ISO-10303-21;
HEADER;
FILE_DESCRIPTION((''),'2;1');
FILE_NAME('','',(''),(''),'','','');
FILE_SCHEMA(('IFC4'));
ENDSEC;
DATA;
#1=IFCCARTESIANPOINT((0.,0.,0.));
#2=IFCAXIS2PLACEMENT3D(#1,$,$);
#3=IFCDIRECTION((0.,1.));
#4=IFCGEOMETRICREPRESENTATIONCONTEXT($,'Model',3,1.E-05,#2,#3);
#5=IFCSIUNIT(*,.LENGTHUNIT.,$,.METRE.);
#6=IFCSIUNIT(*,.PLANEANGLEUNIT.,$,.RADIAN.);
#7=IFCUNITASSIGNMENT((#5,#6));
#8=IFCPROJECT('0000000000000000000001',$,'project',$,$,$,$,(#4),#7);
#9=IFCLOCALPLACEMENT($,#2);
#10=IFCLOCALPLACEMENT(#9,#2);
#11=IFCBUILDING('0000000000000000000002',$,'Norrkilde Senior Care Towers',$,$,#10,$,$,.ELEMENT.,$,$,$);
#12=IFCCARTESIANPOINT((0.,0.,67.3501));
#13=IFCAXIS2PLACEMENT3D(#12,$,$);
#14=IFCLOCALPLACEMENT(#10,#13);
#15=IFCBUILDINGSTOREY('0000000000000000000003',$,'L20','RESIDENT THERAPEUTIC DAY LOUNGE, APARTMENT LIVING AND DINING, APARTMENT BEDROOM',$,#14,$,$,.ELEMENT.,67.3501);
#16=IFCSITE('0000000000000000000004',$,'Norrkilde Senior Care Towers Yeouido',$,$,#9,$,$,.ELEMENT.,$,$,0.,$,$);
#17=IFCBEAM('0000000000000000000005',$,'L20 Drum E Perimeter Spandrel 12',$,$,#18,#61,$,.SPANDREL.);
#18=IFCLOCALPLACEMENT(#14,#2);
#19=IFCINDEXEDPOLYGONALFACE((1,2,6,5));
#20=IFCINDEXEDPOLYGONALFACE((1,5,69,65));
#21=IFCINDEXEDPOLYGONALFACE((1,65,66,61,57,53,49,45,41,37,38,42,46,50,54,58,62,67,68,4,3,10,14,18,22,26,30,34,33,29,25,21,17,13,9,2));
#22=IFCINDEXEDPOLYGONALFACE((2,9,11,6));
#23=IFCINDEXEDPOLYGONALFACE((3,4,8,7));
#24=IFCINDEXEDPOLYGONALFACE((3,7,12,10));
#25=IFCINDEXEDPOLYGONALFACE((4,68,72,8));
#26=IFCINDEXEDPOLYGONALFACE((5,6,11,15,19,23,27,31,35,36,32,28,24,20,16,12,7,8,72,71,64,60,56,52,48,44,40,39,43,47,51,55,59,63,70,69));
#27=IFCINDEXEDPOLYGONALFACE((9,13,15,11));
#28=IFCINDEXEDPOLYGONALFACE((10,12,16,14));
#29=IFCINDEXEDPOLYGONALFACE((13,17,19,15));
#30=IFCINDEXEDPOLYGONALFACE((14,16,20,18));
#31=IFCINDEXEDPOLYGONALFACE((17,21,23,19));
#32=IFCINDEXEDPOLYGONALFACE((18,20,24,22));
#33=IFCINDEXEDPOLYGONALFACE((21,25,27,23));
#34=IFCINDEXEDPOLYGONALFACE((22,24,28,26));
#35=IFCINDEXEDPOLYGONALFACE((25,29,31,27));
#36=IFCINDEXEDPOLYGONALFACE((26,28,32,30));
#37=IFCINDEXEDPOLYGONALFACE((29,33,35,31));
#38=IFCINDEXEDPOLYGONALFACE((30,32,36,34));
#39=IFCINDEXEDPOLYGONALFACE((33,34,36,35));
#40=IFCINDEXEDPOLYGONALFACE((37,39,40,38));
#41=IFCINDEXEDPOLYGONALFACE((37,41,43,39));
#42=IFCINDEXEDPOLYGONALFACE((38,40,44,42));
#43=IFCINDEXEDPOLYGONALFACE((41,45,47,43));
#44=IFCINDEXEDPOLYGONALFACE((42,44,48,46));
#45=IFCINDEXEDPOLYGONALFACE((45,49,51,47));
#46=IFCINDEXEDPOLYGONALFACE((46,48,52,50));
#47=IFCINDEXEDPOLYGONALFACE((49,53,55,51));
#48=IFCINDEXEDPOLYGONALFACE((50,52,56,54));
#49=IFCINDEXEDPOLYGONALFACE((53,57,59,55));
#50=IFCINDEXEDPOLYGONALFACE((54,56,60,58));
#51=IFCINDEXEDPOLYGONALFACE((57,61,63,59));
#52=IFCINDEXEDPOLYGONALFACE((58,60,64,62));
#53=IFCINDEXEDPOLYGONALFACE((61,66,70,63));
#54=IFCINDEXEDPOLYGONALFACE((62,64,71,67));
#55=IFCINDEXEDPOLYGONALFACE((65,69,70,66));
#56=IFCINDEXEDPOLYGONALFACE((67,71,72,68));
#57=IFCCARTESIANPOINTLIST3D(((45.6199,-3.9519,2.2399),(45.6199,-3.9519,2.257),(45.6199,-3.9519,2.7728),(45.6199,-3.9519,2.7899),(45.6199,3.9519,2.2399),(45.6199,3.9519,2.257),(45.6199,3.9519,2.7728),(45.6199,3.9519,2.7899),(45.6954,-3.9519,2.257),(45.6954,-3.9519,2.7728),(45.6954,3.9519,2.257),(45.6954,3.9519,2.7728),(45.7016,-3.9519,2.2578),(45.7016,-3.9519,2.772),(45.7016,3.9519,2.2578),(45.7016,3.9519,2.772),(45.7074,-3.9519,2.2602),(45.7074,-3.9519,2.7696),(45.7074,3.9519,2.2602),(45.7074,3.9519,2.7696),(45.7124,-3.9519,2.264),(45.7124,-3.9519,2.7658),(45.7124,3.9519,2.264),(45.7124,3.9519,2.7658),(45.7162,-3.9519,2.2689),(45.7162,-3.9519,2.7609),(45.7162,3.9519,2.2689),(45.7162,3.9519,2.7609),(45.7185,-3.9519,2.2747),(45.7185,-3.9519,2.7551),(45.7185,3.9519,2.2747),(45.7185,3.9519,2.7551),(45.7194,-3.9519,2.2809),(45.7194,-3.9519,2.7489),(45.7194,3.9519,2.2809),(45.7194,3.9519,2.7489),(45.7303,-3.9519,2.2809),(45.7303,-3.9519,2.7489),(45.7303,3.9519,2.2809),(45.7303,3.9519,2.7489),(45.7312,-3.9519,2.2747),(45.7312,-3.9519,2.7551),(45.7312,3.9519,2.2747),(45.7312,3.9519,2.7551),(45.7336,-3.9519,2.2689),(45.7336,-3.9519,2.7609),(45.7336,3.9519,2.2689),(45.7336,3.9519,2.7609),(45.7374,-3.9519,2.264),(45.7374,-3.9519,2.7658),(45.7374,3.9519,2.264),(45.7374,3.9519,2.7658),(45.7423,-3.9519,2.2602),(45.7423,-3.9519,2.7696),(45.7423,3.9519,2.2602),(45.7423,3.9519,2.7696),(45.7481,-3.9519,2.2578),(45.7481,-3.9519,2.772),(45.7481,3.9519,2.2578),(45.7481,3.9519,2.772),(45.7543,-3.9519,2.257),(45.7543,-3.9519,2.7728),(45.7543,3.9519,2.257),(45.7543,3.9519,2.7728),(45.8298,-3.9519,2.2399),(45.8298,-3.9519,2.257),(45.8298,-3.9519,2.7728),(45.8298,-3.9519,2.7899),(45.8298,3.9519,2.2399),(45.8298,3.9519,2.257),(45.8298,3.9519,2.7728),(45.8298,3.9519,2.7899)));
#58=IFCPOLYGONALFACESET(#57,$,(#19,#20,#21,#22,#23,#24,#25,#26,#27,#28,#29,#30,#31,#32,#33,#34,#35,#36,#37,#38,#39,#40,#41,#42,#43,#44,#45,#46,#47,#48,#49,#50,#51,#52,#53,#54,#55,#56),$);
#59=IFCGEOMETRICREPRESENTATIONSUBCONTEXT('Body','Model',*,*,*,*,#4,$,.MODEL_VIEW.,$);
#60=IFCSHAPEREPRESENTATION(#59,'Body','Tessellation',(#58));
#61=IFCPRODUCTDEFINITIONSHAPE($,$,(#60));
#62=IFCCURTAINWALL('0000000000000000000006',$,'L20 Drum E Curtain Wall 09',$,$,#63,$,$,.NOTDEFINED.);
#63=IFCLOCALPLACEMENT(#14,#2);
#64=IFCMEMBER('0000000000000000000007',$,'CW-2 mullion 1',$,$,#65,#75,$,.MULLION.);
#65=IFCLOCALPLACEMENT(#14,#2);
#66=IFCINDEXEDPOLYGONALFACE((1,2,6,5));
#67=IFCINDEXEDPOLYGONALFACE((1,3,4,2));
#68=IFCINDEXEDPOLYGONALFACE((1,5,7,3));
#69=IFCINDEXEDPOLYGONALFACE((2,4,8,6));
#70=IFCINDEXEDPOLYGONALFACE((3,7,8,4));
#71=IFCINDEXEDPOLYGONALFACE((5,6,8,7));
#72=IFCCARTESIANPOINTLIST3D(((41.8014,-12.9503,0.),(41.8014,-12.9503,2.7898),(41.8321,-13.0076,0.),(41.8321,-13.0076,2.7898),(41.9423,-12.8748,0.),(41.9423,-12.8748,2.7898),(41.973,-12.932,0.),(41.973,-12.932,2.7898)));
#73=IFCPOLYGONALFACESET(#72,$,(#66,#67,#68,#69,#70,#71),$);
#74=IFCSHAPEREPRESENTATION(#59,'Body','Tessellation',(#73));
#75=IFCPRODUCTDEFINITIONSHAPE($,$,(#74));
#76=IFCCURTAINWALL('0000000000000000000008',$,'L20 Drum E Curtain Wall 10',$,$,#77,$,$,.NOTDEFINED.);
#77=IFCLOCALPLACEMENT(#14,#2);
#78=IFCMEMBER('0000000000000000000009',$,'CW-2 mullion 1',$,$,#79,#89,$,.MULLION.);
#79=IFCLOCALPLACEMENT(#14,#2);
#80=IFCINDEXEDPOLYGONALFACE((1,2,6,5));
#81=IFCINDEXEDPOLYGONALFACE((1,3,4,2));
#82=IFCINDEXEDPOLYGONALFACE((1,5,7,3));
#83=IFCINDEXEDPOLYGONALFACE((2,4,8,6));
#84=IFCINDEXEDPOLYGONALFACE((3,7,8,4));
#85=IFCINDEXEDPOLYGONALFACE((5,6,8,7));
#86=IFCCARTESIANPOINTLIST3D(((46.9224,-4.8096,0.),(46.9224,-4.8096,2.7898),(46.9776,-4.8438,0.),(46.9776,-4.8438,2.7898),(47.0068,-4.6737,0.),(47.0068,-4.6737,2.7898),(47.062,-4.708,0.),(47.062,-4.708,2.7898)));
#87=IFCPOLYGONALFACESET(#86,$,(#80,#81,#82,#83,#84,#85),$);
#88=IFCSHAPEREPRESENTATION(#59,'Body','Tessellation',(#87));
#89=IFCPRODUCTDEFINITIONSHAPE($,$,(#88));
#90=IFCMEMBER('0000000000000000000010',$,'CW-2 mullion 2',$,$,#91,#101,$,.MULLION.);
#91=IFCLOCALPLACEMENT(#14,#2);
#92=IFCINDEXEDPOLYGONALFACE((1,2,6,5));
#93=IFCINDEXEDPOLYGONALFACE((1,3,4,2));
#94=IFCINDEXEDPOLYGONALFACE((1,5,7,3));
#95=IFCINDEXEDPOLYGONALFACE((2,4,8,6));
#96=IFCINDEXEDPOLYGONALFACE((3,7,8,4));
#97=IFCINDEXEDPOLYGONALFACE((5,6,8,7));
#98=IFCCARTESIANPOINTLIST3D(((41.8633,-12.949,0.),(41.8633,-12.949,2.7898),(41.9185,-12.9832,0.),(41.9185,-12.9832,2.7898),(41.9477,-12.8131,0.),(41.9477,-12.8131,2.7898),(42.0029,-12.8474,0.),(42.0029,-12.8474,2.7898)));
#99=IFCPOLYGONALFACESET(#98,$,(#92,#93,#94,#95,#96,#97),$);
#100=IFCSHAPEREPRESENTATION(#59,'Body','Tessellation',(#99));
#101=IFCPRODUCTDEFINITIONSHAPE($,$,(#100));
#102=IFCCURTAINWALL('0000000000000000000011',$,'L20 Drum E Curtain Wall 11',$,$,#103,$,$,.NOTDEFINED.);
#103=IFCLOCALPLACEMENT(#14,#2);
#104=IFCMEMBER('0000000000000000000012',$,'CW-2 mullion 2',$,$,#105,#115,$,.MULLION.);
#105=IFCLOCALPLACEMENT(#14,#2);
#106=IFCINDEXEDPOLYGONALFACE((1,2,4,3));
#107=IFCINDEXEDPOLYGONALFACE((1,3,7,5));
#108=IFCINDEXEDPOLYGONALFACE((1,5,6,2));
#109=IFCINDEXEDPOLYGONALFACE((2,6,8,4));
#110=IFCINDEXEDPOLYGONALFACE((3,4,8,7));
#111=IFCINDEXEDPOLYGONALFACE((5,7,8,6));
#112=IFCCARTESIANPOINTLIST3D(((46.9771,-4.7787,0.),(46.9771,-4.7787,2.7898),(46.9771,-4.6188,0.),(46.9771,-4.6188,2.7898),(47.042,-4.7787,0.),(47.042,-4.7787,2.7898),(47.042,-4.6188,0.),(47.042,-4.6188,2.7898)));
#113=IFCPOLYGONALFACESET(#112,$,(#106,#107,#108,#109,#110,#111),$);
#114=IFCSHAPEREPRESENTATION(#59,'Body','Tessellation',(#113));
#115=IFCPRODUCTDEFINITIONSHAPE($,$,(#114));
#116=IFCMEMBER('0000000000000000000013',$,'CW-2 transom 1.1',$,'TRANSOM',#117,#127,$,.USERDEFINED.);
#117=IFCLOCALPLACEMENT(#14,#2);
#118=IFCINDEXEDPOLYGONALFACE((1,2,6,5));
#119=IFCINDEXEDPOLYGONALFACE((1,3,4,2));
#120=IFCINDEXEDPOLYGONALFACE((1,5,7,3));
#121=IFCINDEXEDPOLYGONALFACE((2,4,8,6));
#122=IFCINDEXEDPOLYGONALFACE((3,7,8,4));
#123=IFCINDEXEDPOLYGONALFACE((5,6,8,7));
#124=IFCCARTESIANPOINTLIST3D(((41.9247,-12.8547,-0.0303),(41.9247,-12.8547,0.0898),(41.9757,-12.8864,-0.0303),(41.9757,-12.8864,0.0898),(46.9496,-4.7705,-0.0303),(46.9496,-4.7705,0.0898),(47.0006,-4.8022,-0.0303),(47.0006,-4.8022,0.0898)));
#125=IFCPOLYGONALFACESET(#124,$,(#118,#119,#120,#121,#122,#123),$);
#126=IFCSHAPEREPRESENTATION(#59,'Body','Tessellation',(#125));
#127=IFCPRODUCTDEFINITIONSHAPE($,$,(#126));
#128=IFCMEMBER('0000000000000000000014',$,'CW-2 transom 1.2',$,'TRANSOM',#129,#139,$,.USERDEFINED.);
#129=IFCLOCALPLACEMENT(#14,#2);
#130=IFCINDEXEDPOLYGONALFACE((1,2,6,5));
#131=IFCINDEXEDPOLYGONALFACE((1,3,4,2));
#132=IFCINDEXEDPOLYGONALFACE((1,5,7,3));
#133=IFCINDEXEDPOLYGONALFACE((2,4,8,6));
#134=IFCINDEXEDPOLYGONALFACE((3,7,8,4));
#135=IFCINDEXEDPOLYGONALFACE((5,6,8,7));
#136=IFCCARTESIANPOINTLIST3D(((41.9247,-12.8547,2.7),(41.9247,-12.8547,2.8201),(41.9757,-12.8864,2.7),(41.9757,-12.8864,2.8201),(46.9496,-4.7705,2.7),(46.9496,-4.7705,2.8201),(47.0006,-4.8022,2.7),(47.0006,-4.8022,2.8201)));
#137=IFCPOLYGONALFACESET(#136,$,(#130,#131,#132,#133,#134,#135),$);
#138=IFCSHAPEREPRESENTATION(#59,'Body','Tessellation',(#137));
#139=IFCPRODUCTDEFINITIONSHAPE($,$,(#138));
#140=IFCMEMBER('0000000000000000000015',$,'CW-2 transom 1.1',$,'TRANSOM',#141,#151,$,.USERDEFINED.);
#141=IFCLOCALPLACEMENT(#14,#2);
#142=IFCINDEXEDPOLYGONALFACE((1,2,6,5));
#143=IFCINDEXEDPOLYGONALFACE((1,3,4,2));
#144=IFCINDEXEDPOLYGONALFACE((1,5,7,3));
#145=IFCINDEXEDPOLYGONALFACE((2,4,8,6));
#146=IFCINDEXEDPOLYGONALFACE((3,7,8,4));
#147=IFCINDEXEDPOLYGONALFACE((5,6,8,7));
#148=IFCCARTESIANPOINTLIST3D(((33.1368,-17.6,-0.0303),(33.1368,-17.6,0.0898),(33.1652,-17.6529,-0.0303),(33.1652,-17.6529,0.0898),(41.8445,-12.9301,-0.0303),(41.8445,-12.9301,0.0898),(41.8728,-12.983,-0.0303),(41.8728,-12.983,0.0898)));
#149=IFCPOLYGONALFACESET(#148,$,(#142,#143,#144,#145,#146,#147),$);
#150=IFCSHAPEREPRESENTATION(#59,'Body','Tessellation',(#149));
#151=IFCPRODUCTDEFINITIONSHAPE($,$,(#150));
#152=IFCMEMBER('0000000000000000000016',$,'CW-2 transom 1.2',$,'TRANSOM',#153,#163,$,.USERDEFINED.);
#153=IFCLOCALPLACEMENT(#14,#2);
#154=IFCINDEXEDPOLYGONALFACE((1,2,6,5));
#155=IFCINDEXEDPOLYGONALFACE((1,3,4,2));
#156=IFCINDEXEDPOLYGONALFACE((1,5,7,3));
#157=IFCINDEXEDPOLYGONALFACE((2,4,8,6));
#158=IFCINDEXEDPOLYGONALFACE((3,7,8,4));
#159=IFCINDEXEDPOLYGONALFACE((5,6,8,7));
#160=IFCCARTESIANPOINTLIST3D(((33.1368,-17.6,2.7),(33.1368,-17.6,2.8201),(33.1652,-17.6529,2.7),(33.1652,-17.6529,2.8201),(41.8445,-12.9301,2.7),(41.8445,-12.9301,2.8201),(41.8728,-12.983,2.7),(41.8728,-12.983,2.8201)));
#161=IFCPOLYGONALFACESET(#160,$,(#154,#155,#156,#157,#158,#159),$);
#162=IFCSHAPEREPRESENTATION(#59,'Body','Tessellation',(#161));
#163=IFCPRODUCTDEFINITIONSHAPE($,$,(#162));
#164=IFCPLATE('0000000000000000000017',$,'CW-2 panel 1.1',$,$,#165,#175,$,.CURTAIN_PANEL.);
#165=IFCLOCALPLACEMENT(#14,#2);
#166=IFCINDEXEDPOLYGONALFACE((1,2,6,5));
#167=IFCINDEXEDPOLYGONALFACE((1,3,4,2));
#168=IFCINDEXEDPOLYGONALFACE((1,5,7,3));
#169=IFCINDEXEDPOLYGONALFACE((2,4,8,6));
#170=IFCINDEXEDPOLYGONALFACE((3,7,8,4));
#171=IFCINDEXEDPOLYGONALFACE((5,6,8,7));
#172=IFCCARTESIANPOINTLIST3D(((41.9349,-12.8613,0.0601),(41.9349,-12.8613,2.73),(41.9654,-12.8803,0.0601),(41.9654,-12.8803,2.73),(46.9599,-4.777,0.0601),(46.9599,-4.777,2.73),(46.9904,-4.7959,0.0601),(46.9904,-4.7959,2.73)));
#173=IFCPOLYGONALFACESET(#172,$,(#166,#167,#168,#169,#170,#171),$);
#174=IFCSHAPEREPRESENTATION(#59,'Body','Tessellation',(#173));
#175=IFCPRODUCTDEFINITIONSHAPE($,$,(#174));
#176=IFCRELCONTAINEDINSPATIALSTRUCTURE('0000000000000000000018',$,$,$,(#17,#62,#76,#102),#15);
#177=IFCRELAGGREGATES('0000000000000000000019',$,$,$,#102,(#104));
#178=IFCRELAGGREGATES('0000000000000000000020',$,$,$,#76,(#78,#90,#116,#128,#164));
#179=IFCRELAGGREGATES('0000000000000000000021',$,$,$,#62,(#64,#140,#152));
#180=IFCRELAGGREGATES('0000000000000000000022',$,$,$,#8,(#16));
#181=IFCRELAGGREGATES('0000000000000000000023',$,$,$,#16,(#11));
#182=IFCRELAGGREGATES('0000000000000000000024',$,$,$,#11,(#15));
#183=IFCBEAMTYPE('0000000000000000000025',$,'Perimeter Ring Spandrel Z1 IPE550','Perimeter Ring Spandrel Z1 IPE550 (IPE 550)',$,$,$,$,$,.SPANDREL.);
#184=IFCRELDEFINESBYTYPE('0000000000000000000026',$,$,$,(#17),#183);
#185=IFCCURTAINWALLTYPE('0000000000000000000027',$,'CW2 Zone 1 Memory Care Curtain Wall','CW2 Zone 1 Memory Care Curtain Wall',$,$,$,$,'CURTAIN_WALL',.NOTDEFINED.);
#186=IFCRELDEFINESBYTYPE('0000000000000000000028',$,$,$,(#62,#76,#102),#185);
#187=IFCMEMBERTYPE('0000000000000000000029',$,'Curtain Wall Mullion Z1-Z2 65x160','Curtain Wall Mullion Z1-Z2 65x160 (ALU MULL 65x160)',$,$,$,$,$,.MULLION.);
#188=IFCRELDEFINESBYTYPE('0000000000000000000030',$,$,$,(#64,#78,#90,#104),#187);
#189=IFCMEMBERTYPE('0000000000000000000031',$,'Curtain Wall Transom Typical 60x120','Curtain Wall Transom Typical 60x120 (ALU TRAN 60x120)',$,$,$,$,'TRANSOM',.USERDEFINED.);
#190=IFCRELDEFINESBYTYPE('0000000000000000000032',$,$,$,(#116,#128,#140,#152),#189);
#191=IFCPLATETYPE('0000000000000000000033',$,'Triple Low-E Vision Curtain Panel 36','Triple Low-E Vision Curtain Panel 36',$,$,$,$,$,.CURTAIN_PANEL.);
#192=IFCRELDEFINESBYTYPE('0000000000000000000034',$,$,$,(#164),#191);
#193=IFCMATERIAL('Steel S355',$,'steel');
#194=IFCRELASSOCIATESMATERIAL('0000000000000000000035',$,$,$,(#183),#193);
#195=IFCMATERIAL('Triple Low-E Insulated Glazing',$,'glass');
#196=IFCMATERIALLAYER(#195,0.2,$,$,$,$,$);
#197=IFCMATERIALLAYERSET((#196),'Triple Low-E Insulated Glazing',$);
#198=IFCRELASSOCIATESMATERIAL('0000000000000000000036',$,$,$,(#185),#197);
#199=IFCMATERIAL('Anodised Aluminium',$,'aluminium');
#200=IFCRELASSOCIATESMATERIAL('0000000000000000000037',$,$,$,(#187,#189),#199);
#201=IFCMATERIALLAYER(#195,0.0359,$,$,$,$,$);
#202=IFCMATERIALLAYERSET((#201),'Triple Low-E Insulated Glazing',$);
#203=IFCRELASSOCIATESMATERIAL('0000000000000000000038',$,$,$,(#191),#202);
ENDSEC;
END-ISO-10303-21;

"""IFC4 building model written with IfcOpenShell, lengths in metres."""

from ifc_helpers import new_model, si_unit, direction, frame, origin, origin_2d, place, context, subcontext, project, spatial, rectangle, i_section, extrude, source, transform, mapped, material, layer, layer_set, material_profile, profile_set, type_object, type_shapes, element, aggregate, save


model = new_model("IFC4")

# Units and contexts
model_context = context("Model", 3, precision=1e-05, world=origin(), true_north=direction((0.0, 1.0)))
body_context = subcontext(model_context, "Body", "Model", "MODEL_VIEW")
ifc_project = project(units=[si_unit("LENGTHUNIT", "METRE"), si_unit("PLANEANGLEUNIT", "RADIAN")], contexts=[model_context])

# Site, building, storey
site_placement = place(None, origin())
site = spatial("IfcSite", under=ifc_project, at=site_placement, Name="Norrkilde Senior Care Towers Yeouido", CompositionType="ELEMENT", RefElevation=0.0)
building_placement = place(site_placement, origin())
building = spatial("IfcBuilding", under=site, at=building_placement, Name="Norrkilde Senior Care Towers", CompositionType="ELEMENT")
storey_placement = place(building_placement, frame((0.0, 0.0, 67.3501)))
storey = spatial("IfcBuildingStorey", under=building, at=storey_placement, Name="L20", Description="RESIDENT THERAPEUTIC DAY LOUNGE, APARTMENT LIVING AND DINING, APARTMENT BEDROOM", CompositionType="ELEMENT", Elevation=67.3501)

# Beam
ifc_material_1 = material(Name="Steel S355", Category="steel")
ifc_material_profile_1 = material_profile(ifc_material_1, i_section(OverallWidth=0.21, OverallDepth=0.55, WebThickness=0.011, FlangeThickness=0.0171, FilletRadius=0.0239, at=origin_2d()), Name="IPE 550")
ifc_profile_set_1 = profile_set([ifc_material_profile_1], Name="Steel S355")
beam_type_1 = type_object("IfcBeamType", Name="Perimeter Ring Spandrel Z1 IPE550", Description="Perimeter Ring Spandrel Z1 IPE550 (IPE 550)", PredefinedType="SPANDREL", material=ifc_profile_set_1)
shared_shape_1 = source(origin(), body_context, "Body", "SweptSolid", [
    extrude(i_section(OverallWidth=0.21, OverallDepth=0.55, WebThickness=0.011, FlangeThickness=0.0171, FilletRadius=0.0239, at=origin_2d()), origin(), (0.0, 0.0, 1.0), 7.9038),
])
beam_1_placement = place(storey_placement, frame((45.7249, -3.9519, 2.5149), z_axis=(0.0, 1.0, 0.0), x_axis=(-1.0, 0.0, 0.0)))
element("IfcBeam", 1, at=beam_1_placement, inside=storey, type_object=beam_type_1, Name="L20 Drum E Perimeter Spandrel 12", PredefinedType="SPANDREL", context=body_context, shape_type="MappedRepresentation", body=[
    mapped(shared_shape_1, transform((0.0, 0.0, 0.0), x_axis=(1.0, 0.0, 0.0), y_axis=(0.0, 1.0, 0.0), z_axis=(0.0, 0.0, 1.0), scale=1.0)),
])

# Curtain wall, member
ifc_material_2 = material(Name="Triple Low-E Insulated Glazing", Category="glass")
ifc_layer_1 = layer(ifc_material_2, 0.2)
ifc_layer_set_1 = layer_set([ifc_layer_1], Name="Triple Low-E Insulated Glazing")
curtain_wall_type = type_object("IfcCurtainWallType", Name="CW2 Zone 1 Memory Care Curtain Wall", Description="CW2 Zone 1 Memory Care Curtain Wall", ElementType="CURTAIN_WALL", PredefinedType="NOTDEFINED", material=ifc_layer_set_1)
curtain_wall_1_placement = place(storey_placement, origin())
curtain_wall_1 = element("IfcCurtainWall", 2, at=curtain_wall_1_placement, inside=storey, type_object=curtain_wall_type, Name="L20 Drum E Curtain Wall 09", PredefinedType="NOTDEFINED")
ifc_material_3 = material(Name="Anodised Aluminium", Category="aluminium")
ifc_material_profile_2 = material_profile(ifc_material_3, rectangle(XDim=0.0649, YDim=0.1599, at=origin_2d()), Name="ALU MULL 65x160")
ifc_profile_set_2 = profile_set([ifc_material_profile_2], Name="Anodised Aluminium")
member_type_1 = type_object("IfcMemberType", Name="Curtain Wall Mullion Z1-Z2 65x160", Description="Curtain Wall Mullion Z1-Z2 65x160 (ALU MULL 65x160)", PredefinedType="MULLION", material=ifc_profile_set_2)
shared_shape_2 = source(origin(), body_context, "Body", "SweptSolid", [
    extrude(rectangle(XDim=0.0649, YDim=0.1599, at=origin_2d()), origin(), (0.0, 0.0, 1.0), 2.7898),
])
type_shapes(member_type_1, [shared_shape_2])
member_1_placement = place(storey_placement, frame((41.8872, -12.9412, 0.0), z_axis=(0.0, 0.0, 1.0), x_axis=(0.472608, -0.881273, 0.0)))
member_1 = element("IfcMember", 3, at=member_1_placement, type_object=member_type_1, Name="CW-2 mullion 1", PredefinedType="MULLION", context=body_context, shape_type="MappedRepresentation", body=[
    mapped(shared_shape_2, transform((0.0, 0.0, 0.0), x_axis=(1.0, 0.0, 0.0), y_axis=(0.0, 1.0, 0.0), z_axis=(0.0, 0.0, 1.0), scale=1.0)),
])

# Curtain wall, members
curtain_wall_2_placement = place(storey_placement, origin())
curtain_wall_2 = element("IfcCurtainWall", 4, at=curtain_wall_2_placement, inside=storey, type_object=curtain_wall_type, Name="L20 Drum E Curtain Wall 10", PredefinedType="NOTDEFINED")
member_2_placement = place(storey_placement, frame((46.9922, -4.7588, 0.0), z_axis=(0.0, 0.0, 1.0), x_axis=(0.849306, -0.527901, 0.0)))
member_2 = element("IfcMember", 5, at=member_2_placement, type_object=member_type_1, Name="CW-2 mullion 1", PredefinedType="MULLION", context=body_context, shape_type="MappedRepresentation", body=[
    mapped(shared_shape_2, transform((0.0, 0.0, 0.0), x_axis=(1.0, 0.0, 0.0), y_axis=(0.0, 1.0, 0.0), z_axis=(0.0, 0.0, 1.0), scale=1.0)),
])
member_3_placement = place(storey_placement, frame((41.9331, -12.8982, 0.0), z_axis=(0.0, 0.0, 1.0), x_axis=(0.849306, -0.527901, 0.0)))
member_3 = element("IfcMember", 6, at=member_3_placement, type_object=member_type_1, Name="CW-2 mullion 2", PredefinedType="MULLION", context=body_context, shape_type="MappedRepresentation", body=[
    mapped(shared_shape_2, transform((0.0, 0.0, 0.0), x_axis=(1.0, 0.0, 0.0), y_axis=(0.0, 1.0, 0.0), z_axis=(0.0, 0.0, 1.0), scale=1.0)),
])

# Curtain wall, member
curtain_wall_3_placement = place(storey_placement, origin())
curtain_wall_3 = element("IfcCurtainWall", 7, at=curtain_wall_3_placement, inside=storey, type_object=curtain_wall_type, Name="L20 Drum E Curtain Wall 11", PredefinedType="NOTDEFINED")
member_4_placement = place(storey_placement, frame((47.0095, -4.6987, 0.0), z_axis=(0.0, 0.0, 1.0), x_axis=(1.0, 0.0, 0.0)))
member_4 = element("IfcMember", 8, at=member_4_placement, type_object=member_type_1, Name="CW-2 mullion 2", PredefinedType="MULLION", context=body_context, shape_type="MappedRepresentation", body=[
    mapped(shared_shape_2, transform((0.0, 0.0, 0.0), x_axis=(1.0, 0.0, 0.0), y_axis=(0.0, 1.0, 0.0), z_axis=(0.0, 0.0, 1.0), scale=1.0)),
])
aggregate(curtain_wall_3, [member_4])

# Members
ifc_material_profile_3 = material_profile(ifc_material_3, rectangle(XDim=0.0601, YDim=0.1201, at=origin_2d()), Name="ALU TRAN 60x120")
ifc_profile_set_3 = profile_set([ifc_material_profile_3], Name="Anodised Aluminium")
member_type_2 = type_object("IfcMemberType", Name="Curtain Wall Transom Typical 60x120", Description="Curtain Wall Transom Typical 60x120 (ALU TRAN 60x120)", ElementType="TRANSOM", PredefinedType="USERDEFINED", material=ifc_profile_set_3)
shared_shape_3 = source(origin(), body_context, "Body", "SweptSolid", [
    extrude(rectangle(XDim=0.0601, YDim=0.1201, at=origin_2d()), origin(), (0.0, 0.0, 1.0), 9.5186),
])
member_5_placement = place(storey_placement, frame((46.9751, -4.7864, 0.0298), z_axis=(-0.527902, -0.849306, 0.0), x_axis=(0.849306, -0.527902, 0.0)))
member_5 = element("IfcMember", 9, at=member_5_placement, type_object=member_type_2, Name="CW-2 transom 1.1", ObjectType="TRANSOM", PredefinedType="USERDEFINED", context=body_context, shape_type="MappedRepresentation", body=[
    mapped(shared_shape_3, transform((0.0, 0.0, 0.0), x_axis=(1.0, 0.0, 0.0), y_axis=(0.0, 1.0, 0.0), z_axis=(0.0, 0.0, 1.0), scale=1.0)),
])
member_6_placement = place(storey_placement, frame((46.9751, -4.7864, 2.76), z_axis=(-0.527902, -0.849306, 0.0), x_axis=(0.849306, -0.527902, 0.0)))
member_6 = element("IfcMember", 10, at=member_6_placement, type_object=member_type_2, Name="CW-2 transom 1.2", ObjectType="TRANSOM", PredefinedType="USERDEFINED", context=body_context, shape_type="MappedRepresentation", body=[
    mapped(shared_shape_3, transform((0.0, 0.0, 0.0), x_axis=(1.0, 0.0, 0.0), y_axis=(0.0, 1.0, 0.0), z_axis=(0.0, 0.0, 1.0), scale=1.0)),
])
shared_shape_4 = source(origin(), body_context, "Body", "SweptSolid", [
    extrude(rectangle(XDim=0.0601, YDim=0.1201, at=origin_2d()), origin(), (0.0, 0.0, 1.0), 9.8809),
])
type_shapes(member_type_2, [shared_shape_3, shared_shape_4])
member_7_placement = place(storey_placement, frame((41.8586, -12.9565, 0.0298), z_axis=(-0.881267, -0.472618, 0.0), x_axis=(0.472618, -0.881267, 0.0)))
member_7 = element("IfcMember", 11, at=member_7_placement, type_object=member_type_2, Name="CW-2 transom 1.1", ObjectType="TRANSOM", PredefinedType="USERDEFINED", context=body_context, shape_type="MappedRepresentation", body=[
    mapped(shared_shape_4, transform((0.0, 0.0, 0.0), x_axis=(1.0, 0.0, 0.0), y_axis=(0.0, 1.0, 0.0), z_axis=(0.0, 0.0, 1.0), scale=1.0)),
])
member_8_placement = place(storey_placement, frame((41.8586, -12.9565, 2.76), z_axis=(-0.881267, -0.472618, 0.0), x_axis=(0.472618, -0.881267, 0.0)))
member_8 = element("IfcMember", 12, at=member_8_placement, type_object=member_type_2, Name="CW-2 transom 1.2", ObjectType="TRANSOM", PredefinedType="USERDEFINED", context=body_context, shape_type="MappedRepresentation", body=[
    mapped(shared_shape_4, transform((0.0, 0.0, 0.0), x_axis=(1.0, 0.0, 0.0), y_axis=(0.0, 1.0, 0.0), z_axis=(0.0, 0.0, 1.0), scale=1.0)),
])

# Plate
ifc_layer_2 = layer(ifc_material_2, 0.0359)
ifc_layer_set_2 = layer_set([ifc_layer_2], Name="Triple Low-E Insulated Glazing")
plate_type = type_object("IfcPlateType", Name="Triple Low-E Vision Curtain Panel 36", Description="Triple Low-E Vision Curtain Panel 36", PredefinedType="CURTAIN_PANEL", material=ifc_layer_set_2)
shared_shape_5 = source(origin(), body_context, "Body", "SweptSolid", [
    extrude(rectangle(XDim=9.5188, YDim=0.0359, at=origin_2d()), origin(), (0.0, 0.0, 1.0), 2.6699),
])
plate_1_placement = place(storey_placement, frame((44.4626, -8.8286, 0.0601), z_axis=(0.0, 0.0, 1.0), x_axis=(-0.527901, -0.849306, 0.0)))
plate_1 = element("IfcPlate", 13, at=plate_1_placement, type_object=plate_type, Name="CW-2 panel 1.1", PredefinedType="CURTAIN_PANEL", context=body_context, shape_type="MappedRepresentation", body=[
    mapped(shared_shape_5, transform((0.0, 0.0, 0.0), x_axis=(1.0, 0.0, 0.0), y_axis=(0.0, 1.0, 0.0), z_axis=(0.0, 0.0, 1.0), scale=1.0)),
])
aggregate(curtain_wall_2, [member_2, member_3, member_5, member_6, plate_1])
aggregate(curtain_wall_1, [member_1, member_7, member_8])

save(model, "model.ifc")
